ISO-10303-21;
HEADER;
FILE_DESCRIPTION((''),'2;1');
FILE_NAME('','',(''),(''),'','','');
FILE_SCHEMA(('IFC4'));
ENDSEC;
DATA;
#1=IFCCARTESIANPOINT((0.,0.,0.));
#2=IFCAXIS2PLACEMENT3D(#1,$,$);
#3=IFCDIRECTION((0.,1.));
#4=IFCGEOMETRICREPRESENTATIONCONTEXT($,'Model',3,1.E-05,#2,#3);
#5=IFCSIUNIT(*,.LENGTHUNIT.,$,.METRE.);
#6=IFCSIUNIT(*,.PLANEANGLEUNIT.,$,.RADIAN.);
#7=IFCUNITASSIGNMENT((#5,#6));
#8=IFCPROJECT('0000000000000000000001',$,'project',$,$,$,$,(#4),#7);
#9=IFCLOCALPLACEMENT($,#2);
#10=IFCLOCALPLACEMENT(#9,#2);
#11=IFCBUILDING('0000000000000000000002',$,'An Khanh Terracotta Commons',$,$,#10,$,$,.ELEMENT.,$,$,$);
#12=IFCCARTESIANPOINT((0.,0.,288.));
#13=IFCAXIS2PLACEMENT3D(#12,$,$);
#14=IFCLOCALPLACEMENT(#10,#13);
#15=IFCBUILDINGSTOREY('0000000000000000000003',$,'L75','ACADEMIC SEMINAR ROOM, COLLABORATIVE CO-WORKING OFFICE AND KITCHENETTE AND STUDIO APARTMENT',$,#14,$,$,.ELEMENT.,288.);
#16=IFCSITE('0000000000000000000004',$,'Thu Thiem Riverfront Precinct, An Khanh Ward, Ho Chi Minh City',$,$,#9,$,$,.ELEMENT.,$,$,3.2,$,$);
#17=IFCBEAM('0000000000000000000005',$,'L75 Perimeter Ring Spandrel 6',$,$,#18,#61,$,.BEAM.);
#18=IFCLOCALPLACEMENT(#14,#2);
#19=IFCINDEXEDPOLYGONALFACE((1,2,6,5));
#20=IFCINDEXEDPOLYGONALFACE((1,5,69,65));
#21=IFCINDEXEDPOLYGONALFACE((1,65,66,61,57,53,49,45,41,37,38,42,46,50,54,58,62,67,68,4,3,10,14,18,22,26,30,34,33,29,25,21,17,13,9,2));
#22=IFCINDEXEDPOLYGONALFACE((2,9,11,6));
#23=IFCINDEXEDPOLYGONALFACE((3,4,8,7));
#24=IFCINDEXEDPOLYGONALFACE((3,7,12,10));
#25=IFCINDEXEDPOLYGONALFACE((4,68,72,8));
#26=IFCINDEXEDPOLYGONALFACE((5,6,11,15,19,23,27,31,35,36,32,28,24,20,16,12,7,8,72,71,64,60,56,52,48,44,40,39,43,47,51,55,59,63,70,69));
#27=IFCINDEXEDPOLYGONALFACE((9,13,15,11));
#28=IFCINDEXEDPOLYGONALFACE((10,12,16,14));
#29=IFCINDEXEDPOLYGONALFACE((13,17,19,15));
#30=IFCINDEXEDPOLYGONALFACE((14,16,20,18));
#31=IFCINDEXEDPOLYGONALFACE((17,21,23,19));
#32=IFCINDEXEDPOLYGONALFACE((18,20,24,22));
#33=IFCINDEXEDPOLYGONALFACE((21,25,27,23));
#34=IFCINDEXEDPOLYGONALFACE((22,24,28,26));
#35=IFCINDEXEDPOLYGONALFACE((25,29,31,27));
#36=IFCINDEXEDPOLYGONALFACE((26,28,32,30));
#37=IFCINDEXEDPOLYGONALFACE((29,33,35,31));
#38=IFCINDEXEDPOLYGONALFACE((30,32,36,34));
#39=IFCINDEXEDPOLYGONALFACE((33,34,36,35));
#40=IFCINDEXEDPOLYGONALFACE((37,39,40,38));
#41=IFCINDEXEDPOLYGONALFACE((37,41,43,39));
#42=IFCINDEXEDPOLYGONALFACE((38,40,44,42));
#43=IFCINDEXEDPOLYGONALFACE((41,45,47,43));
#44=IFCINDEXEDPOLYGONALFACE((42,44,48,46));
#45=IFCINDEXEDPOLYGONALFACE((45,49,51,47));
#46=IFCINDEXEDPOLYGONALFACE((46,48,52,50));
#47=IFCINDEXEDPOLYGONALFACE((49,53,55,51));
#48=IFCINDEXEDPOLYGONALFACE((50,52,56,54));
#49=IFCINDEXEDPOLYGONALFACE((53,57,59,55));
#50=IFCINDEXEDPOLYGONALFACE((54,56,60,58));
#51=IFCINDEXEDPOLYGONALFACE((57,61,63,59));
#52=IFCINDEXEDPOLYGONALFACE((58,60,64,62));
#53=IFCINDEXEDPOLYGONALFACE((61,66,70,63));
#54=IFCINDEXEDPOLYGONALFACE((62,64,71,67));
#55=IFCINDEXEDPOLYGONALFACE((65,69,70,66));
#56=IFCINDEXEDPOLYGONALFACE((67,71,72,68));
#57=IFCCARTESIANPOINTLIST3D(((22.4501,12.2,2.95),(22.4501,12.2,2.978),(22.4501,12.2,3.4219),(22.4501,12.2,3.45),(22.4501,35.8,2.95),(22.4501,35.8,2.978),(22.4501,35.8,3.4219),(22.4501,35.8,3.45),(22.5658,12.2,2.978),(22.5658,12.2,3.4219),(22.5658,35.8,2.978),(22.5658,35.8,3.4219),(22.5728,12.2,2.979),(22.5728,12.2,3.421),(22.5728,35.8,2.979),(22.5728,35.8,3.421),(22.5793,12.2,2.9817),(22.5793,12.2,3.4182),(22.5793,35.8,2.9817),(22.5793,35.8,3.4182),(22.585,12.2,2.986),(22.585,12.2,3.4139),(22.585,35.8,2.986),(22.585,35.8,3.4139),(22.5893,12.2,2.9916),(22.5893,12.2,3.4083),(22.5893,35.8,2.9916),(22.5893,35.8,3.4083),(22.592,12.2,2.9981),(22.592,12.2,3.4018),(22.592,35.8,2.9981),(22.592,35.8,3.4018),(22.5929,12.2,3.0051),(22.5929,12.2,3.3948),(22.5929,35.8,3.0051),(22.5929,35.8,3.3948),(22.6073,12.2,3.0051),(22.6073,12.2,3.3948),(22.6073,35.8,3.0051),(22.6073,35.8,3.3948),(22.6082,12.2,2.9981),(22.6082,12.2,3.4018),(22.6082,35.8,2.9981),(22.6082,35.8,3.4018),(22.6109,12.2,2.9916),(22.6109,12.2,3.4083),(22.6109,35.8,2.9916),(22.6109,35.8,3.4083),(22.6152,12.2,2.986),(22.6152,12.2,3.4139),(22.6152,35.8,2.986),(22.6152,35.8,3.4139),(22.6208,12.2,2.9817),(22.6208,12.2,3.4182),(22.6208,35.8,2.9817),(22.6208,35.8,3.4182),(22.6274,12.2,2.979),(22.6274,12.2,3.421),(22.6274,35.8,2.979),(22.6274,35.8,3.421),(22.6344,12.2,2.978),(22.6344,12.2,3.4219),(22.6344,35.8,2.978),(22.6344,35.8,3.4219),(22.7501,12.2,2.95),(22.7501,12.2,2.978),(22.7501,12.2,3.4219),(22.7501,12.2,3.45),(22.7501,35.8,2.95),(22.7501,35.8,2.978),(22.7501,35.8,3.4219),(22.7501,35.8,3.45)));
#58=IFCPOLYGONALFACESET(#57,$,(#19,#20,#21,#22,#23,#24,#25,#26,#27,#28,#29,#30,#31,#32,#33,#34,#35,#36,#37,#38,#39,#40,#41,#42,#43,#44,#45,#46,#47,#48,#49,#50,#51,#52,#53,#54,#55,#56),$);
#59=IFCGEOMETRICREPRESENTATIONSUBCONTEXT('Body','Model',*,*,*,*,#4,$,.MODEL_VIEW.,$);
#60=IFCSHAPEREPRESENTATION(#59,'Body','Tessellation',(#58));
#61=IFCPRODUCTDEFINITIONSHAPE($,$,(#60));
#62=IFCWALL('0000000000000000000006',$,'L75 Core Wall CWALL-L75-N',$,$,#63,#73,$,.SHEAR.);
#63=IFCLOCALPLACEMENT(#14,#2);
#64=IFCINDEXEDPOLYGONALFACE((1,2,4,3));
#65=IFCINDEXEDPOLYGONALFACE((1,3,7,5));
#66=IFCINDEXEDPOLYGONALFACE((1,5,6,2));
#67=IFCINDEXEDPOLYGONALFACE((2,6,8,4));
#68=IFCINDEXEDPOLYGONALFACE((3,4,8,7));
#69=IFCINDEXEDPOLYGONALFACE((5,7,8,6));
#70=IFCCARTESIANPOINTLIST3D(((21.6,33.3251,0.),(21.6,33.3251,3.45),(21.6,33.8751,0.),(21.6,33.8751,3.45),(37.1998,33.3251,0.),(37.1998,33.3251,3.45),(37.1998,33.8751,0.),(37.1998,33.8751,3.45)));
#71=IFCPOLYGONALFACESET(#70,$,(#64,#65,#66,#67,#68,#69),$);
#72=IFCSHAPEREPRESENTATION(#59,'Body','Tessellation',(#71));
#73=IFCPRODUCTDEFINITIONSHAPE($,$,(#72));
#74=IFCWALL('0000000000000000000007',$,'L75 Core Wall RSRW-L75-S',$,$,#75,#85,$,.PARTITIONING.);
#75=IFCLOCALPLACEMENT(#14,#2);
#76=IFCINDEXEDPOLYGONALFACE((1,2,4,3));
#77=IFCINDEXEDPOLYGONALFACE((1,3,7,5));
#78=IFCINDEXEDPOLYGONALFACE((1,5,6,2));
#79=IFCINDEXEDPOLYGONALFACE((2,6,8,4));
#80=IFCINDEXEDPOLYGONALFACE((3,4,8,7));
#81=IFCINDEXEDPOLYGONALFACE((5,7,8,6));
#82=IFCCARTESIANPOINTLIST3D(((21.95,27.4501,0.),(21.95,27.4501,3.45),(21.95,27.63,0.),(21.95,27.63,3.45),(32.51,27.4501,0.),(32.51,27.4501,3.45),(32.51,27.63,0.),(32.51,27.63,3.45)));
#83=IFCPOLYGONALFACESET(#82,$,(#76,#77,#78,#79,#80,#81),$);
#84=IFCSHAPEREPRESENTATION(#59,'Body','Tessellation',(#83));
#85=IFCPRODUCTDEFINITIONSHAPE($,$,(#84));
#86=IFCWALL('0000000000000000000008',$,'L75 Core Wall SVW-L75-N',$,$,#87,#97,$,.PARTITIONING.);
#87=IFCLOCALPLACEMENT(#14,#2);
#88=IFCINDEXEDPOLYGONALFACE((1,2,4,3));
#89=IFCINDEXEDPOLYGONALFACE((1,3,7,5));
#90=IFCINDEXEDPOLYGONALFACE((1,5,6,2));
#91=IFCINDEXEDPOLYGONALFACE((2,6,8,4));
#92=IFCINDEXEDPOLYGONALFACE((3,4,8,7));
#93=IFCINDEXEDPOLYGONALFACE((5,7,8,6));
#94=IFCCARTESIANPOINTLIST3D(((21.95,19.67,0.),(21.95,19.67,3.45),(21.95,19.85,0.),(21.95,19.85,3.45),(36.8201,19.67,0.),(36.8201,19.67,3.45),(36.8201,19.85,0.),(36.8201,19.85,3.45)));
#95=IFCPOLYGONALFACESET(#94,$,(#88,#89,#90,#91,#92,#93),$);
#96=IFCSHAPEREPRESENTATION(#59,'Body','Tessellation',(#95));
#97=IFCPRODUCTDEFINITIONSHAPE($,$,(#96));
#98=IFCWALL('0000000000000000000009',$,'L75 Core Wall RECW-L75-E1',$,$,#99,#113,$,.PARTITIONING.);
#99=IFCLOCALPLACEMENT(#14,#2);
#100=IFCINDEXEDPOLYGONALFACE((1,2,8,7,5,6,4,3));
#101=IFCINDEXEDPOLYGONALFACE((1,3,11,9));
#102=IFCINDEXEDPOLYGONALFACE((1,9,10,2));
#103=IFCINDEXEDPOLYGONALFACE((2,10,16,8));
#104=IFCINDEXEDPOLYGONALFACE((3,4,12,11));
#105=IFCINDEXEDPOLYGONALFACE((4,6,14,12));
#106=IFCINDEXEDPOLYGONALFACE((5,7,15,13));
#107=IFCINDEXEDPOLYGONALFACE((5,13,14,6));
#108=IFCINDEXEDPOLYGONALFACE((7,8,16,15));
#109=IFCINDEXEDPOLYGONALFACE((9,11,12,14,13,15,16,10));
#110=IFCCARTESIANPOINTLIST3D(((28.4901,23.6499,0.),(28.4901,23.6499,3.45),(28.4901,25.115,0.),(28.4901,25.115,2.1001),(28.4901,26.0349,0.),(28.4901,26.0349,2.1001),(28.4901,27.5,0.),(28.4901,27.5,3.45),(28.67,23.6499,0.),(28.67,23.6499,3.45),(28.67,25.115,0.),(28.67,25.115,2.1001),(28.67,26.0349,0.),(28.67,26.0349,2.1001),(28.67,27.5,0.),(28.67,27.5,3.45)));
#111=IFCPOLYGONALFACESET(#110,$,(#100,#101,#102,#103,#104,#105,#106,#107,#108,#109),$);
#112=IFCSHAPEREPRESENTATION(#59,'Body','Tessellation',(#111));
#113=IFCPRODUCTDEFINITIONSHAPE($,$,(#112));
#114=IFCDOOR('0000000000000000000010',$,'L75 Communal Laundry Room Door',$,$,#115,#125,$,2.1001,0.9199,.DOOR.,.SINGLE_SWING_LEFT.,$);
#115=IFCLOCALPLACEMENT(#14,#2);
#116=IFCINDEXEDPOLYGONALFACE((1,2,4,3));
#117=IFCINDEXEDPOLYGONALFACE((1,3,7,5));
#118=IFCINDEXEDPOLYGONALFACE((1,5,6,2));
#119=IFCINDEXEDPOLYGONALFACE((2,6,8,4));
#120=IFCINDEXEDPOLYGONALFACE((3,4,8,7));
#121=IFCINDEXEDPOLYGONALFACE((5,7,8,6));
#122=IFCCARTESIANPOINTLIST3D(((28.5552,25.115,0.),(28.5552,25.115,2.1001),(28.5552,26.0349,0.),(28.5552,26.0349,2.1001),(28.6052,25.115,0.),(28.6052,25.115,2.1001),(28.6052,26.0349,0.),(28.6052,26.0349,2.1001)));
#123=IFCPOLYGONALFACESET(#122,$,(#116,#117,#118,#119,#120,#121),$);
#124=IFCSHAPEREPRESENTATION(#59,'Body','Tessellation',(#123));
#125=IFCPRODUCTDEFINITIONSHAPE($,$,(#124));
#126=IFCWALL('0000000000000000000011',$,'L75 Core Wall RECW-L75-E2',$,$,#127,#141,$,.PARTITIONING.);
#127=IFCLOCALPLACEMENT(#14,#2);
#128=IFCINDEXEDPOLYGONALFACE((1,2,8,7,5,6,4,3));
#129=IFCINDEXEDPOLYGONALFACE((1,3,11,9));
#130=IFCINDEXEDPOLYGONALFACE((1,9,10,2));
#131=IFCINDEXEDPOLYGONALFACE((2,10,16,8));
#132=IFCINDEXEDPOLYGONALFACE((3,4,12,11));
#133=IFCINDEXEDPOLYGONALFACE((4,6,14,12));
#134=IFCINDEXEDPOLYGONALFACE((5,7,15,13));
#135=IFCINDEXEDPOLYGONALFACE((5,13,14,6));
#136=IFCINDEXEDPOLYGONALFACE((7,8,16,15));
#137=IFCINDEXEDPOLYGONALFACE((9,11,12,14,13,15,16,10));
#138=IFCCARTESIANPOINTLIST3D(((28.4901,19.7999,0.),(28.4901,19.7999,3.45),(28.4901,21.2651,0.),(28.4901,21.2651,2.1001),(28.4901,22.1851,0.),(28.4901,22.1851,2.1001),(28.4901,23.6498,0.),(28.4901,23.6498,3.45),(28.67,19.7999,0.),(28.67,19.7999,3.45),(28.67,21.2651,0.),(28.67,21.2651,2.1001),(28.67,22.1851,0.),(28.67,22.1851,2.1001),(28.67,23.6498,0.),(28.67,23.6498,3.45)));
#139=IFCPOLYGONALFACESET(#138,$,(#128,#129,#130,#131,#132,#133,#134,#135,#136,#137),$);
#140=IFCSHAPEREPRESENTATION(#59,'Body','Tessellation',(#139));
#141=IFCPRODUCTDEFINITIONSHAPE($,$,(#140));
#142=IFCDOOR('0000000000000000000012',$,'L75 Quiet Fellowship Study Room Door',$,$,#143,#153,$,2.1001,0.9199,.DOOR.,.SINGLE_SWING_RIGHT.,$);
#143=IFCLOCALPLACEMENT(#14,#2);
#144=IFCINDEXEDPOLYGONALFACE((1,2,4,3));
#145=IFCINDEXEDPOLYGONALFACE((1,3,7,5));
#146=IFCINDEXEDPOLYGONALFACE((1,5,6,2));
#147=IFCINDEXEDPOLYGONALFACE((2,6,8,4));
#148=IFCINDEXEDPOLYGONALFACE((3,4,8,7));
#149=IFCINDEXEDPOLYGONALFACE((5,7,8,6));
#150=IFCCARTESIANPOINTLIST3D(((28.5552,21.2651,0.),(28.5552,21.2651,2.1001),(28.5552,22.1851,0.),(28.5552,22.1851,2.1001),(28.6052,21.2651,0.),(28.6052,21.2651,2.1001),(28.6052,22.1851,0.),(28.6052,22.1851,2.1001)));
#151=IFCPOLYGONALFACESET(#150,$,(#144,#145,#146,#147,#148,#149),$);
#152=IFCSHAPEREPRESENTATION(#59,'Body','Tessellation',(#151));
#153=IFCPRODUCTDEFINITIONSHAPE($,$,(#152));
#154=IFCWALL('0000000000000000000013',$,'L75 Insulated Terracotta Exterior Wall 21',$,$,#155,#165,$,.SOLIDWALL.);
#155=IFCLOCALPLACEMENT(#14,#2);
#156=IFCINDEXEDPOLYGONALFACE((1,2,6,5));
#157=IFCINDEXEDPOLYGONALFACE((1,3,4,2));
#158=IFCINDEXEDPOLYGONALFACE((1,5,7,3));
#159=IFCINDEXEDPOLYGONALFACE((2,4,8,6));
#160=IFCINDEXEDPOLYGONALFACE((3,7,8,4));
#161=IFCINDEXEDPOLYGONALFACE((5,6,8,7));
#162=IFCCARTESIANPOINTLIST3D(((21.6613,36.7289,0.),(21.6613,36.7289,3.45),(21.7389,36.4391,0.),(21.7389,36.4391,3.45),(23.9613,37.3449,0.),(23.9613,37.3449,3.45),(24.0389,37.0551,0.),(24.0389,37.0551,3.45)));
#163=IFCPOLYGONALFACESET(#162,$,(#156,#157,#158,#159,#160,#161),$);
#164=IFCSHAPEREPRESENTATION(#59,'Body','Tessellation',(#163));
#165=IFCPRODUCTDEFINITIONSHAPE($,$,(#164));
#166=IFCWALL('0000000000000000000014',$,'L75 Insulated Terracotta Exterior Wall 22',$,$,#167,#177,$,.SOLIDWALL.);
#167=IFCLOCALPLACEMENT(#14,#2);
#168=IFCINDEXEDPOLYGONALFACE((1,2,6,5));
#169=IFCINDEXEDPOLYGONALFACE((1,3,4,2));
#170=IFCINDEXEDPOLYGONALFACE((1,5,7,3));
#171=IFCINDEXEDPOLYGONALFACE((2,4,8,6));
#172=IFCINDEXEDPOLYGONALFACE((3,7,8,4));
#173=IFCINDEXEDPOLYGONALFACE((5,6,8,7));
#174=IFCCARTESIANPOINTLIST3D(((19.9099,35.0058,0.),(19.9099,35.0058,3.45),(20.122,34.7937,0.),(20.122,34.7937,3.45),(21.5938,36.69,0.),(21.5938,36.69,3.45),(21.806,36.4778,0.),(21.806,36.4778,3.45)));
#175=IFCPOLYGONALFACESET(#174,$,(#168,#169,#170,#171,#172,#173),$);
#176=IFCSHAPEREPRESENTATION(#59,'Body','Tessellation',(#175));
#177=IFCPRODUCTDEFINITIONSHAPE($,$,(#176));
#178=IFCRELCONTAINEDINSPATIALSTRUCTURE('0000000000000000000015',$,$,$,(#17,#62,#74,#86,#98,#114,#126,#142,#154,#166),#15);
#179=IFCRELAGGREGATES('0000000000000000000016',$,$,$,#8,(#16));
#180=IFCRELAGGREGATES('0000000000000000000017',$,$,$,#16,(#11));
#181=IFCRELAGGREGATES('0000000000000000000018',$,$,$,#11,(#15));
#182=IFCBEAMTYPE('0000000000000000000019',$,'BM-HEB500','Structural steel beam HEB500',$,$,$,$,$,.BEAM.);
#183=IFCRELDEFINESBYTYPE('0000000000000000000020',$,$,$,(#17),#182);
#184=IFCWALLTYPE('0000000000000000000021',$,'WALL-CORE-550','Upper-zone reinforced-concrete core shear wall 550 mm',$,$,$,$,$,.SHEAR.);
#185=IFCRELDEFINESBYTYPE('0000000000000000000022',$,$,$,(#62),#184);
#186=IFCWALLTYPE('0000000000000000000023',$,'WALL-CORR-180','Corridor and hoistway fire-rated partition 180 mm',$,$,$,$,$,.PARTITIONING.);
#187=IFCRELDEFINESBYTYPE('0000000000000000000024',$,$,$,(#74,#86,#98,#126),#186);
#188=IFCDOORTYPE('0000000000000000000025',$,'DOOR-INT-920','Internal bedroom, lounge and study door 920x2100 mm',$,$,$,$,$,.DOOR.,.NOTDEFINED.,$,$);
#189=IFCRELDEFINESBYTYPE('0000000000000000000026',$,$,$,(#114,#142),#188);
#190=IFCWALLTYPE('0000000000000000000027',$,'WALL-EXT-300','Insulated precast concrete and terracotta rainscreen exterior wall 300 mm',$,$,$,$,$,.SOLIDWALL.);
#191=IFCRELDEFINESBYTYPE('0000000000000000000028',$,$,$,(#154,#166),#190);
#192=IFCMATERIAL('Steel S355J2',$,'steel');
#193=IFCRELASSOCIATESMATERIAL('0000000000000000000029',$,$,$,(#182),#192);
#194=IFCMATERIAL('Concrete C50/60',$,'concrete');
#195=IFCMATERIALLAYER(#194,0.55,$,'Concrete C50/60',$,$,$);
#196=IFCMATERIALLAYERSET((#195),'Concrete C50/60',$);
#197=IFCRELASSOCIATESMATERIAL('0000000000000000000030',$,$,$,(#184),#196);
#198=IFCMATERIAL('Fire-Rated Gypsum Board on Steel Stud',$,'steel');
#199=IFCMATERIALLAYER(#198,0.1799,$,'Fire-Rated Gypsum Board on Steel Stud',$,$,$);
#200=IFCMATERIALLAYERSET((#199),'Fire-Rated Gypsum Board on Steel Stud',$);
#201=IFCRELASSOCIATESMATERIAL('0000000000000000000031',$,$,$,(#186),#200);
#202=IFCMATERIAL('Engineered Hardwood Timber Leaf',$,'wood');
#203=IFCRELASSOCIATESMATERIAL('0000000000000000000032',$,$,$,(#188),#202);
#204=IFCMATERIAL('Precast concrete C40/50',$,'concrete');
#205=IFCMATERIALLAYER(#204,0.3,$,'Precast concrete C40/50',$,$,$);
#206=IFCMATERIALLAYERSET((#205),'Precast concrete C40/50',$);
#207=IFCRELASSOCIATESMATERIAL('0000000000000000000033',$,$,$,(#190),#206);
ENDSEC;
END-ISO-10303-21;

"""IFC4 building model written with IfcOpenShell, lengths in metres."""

from ifc_helpers import new_model, si_unit, direction, frame, frame_2d, origin, origin_2d, place, context, subcontext, project, spatial, rectangle, i_section, extrude, material, layer, layer_set, material_profile, profile_set, type_object, element, fill, save


model = new_model("IFC4")

# Units and contexts
model_context = context("Model", 3, precision=1e-05, world=origin(), true_north=direction((0.0, 1.0)))
body_context = subcontext(model_context, "Body", "Model", "MODEL_VIEW")
ifc_project = project(units=[si_unit("LENGTHUNIT", "METRE"), si_unit("PLANEANGLEUNIT", "RADIAN")], contexts=[model_context])

# Site, building, storey
site_placement = place(None, origin())
site = spatial("IfcSite", under=ifc_project, at=site_placement, Name="Thu Thiem Riverfront Precinct, An Khanh Ward, Ho Chi Minh City", CompositionType="ELEMENT", RefElevation=3.2)
building_placement = place(site_placement, origin())
building = spatial("IfcBuilding", under=site, at=building_placement, Name="An Khanh Terracotta Commons", CompositionType="ELEMENT")
storey_placement = place(building_placement, frame((0.0, 0.0, 288.0)))
storey = spatial("IfcBuildingStorey", under=building, at=storey_placement, Name="L75", Description="ACADEMIC SEMINAR ROOM, COLLABORATIVE CO-WORKING OFFICE AND KITCHENETTE AND STUDIO APARTMENT", CompositionType="ELEMENT", Elevation=288.0)

# Shared definitions
ifc_material_1 = material(Name="Concrete C50/60", Category="concrete")

# Beam
ifc_material_2 = material(Name="Steel S355J2", Category="steel")
ifc_material_profile_1 = material_profile(ifc_material_2, i_section(OverallWidth=0.3, OverallDepth=0.5, WebThickness=0.0144, FlangeThickness=0.0281, FilletRadius=0.0271, at=origin_2d()), Name="HEB500")
ifc_profile_set_1 = profile_set([ifc_material_profile_1], Name="Steel S355J2")
beam_type_1 = type_object("IfcBeamType", Name="BM-HEB500", Description="Structural steel beam HEB500", PredefinedType="BEAM", material=ifc_profile_set_1)
beam_1_placement = place(storey_placement, frame((22.6001, 35.8, 3.2), z_axis=(0.0, -1.0, 0.0), x_axis=(1.0, 0.0, 0.0)))
element("IfcBeam", 1, at=beam_1_placement, inside=storey, type_object=beam_type_1, Name="L75 Perimeter Ring Spandrel 6", PredefinedType="BEAM", context=body_context, shape_type="SweptSolid", body=[
    extrude(i_section(OverallWidth=0.3, OverallDepth=0.5, WebThickness=0.0144, FlangeThickness=0.0281, FilletRadius=0.0271, at=origin_2d()), origin(), (0.0, 0.0, 1.0), 23.6001),
])

# Walls
ifc_layer_1 = layer(ifc_material_1, 0.55, Name="Concrete C50/60")
ifc_layer_set_1 = layer_set([ifc_layer_1], Name="Concrete C50/60")
wall_type_1 = type_object("IfcWallType", Name="WALL-CORE-550", Description="Upper-zone reinforced-concrete core shear wall 550 mm", PredefinedType="SHEAR", material=ifc_layer_set_1)
wall_1_placement = place(storey_placement, frame((21.6001, 33.6001, 0.0), z_axis=(0.0, 0.0, 1.0), x_axis=(1.0, 0.0, 0.0)))
element("IfcWall", 2, at=wall_1_placement, inside=storey, type_object=wall_type_1, Name="L75 Core Wall CWALL-L75-N", PredefinedType="SHEAR", context=body_context, shape_type="SweptSolid", body=[
    extrude(rectangle(XDim=15.5999, YDim=0.55, at=frame_2d((7.7998, 0.0))), origin(), (0.0, 0.0, 1.0), 3.45),
])
ifc_material_3 = material(Name="Fire-Rated Gypsum Board on Steel Stud", Category="steel")
ifc_layer_2 = layer(ifc_material_3, 0.1799, Name="Fire-Rated Gypsum Board on Steel Stud")
ifc_layer_set_2 = layer_set([ifc_layer_2], Name="Fire-Rated Gypsum Board on Steel Stud")
wall_type_2 = type_object("IfcWallType", Name="WALL-CORR-180", Description="Corridor and hoistway fire-rated partition 180 mm", PredefinedType="PARTITIONING", material=ifc_layer_set_2)
wall_2_placement = place(storey_placement, frame((21.95, 27.54, 0.0), z_axis=(0.0, 0.0, 1.0), x_axis=(1.0, 0.0, 0.0)))
element("IfcWall", 3, at=wall_2_placement, inside=storey, type_object=wall_type_2, Name="L75 Core Wall RSRW-L75-S", PredefinedType="PARTITIONING", context=body_context, shape_type="SweptSolid", body=[
    extrude(rectangle(XDim=10.5601, YDim=0.1799, at=frame_2d((5.28, 0.0))), origin(), (0.0, 0.0, 1.0), 3.45),
])
wall_3_placement = place(storey_placement, frame((21.95, 19.76, 0.0), z_axis=(0.0, 0.0, 1.0), x_axis=(1.0, 0.0, 0.0)))
element("IfcWall", 4, at=wall_3_placement, inside=storey, type_object=wall_type_2, Name="L75 Core Wall SVW-L75-N", PredefinedType="PARTITIONING", context=body_context, shape_type="SweptSolid", body=[
    extrude(rectangle(XDim=14.8701, YDim=0.1799, at=frame_2d((7.4351, 0.0))), origin(), (0.0, 0.0, 1.0), 3.45),
])

# Walls, openings, doors
wall_4_placement = place(storey_placement, frame((28.5801, 23.6499, 0.0), z_axis=(0.0, 0.0, 1.0), x_axis=(0.0, 1.0, 0.0)))
wall_4 = element("IfcWall", 5, at=wall_4_placement, inside=storey, type_object=wall_type_2, Name="L75 Core Wall RECW-L75-E1", PredefinedType="PARTITIONING", context=body_context, shape_type="SweptSolid", body=[
    extrude(rectangle(XDim=3.8501, YDim=0.1799, at=frame_2d((1.925, 0.0))), origin(), (0.0, 0.0, 1.0), 3.45),
])
opening_1_placement = place(wall_4_placement, frame((1.4651, 0.0, 0.0)))
opening_1 = element("IfcOpeningElement", 6, at=opening_1_placement, cuts=wall_4, PredefinedType="OPENING", context=body_context, shape_type="SweptSolid", body=[
    extrude(rectangle(XDim=0.9199, YDim=2.1001, at=frame_2d((0.46, 1.05))), frame((0.0, 0.0999, 0.0), z_axis=(0.0, -1.0, 0.0), x_axis=(1.0, 0.0, 0.0)), (0.0, 0.0, 1.0), 0.2),
])
ifc_material_4 = material(Name="Engineered Hardwood Timber Leaf", Category="wood")
door_type = type_object("IfcDoorType", Name="DOOR-INT-920", Description="Internal bedroom, lounge and study door 920x2100 mm", OperationType="NOTDEFINED", PredefinedType="DOOR", material=ifc_material_4)
door_1_placement = place(opening_1_placement, origin())
door_1 = element("IfcDoor", 7, at=door_1_placement, inside=storey, type_object=door_type, Name="L75 Communal Laundry Room Door", OperationType="SINGLE_SWING_LEFT", OverallHeight=2.1001, OverallWidth=0.9199, PredefinedType="DOOR", context=body_context, shape_type="SweptSolid", body=[
    extrude(rectangle(XDim=0.9199, YDim=2.1001, at=frame_2d((0.46, 1.05))), frame((0.0, 0.0249, 0.0), z_axis=(0.0, -1.0, 0.0), x_axis=(1.0, 0.0, 0.0)), (0.0, 0.0, 1.0), 0.05),
])
fill(opening_1, door_1)
wall_5_placement = place(storey_placement, frame((28.5801, 19.8, 0.0), z_axis=(0.0, 0.0, 1.0), x_axis=(0.0, 1.0, 0.0)))
wall_5 = element("IfcWall", 8, at=wall_5_placement, inside=storey, type_object=wall_type_2, Name="L75 Core Wall RECW-L75-E2", PredefinedType="PARTITIONING", context=body_context, shape_type="SweptSolid", body=[
    extrude(rectangle(XDim=3.8499, YDim=0.1799, at=frame_2d((1.9248, 0.0))), origin(), (0.0, 0.0, 1.0), 3.45),
])
opening_2_placement = place(wall_5_placement, frame((1.4651, 0.0, 0.0)))
opening_2 = element("IfcOpeningElement", 9, at=opening_2_placement, cuts=wall_5, PredefinedType="OPENING", context=body_context, shape_type="SweptSolid", body=[
    extrude(rectangle(XDim=0.9199, YDim=2.1001, at=frame_2d((0.46, 1.05))), frame((0.0, 0.0999, 0.0), z_axis=(0.0, -1.0, 0.0), x_axis=(1.0, 0.0, 0.0)), (0.0, 0.0, 1.0), 0.2),
])
door_2_placement = place(opening_2_placement, origin())
door_2 = element("IfcDoor", 10, at=door_2_placement, inside=storey, type_object=door_type, Name="L75 Quiet Fellowship Study Room Door", OperationType="SINGLE_SWING_RIGHT", OverallHeight=2.1001, OverallWidth=0.9199, PredefinedType="DOOR", context=body_context, shape_type="SweptSolid", body=[
    extrude(rectangle(XDim=0.9199, YDim=2.1001, at=frame_2d((0.46, 1.05))), frame((0.0, 0.0249, 0.0), z_axis=(0.0, -1.0, 0.0), x_axis=(1.0, 0.0, 0.0)), (0.0, 0.0, 1.0), 0.05),
])
fill(opening_2, door_2)

# Walls
ifc_material_5 = material(Name="Precast concrete C40/50", Category="concrete")
ifc_layer_3 = layer(ifc_material_5, 0.3, Name="Precast concrete C40/50")
ifc_layer_set_3 = layer_set([ifc_layer_3], Name="Precast concrete C40/50")
wall_type_3 = type_object("IfcWallType", Name="WALL-EXT-300", Description="Insulated precast concrete and terracotta rainscreen exterior wall 300 mm", PredefinedType="SOLIDWALL", material=ifc_layer_set_3)
wall_6_placement = place(storey_placement, frame((24.0, 37.2, 0.0), z_axis=(0.0, 0.0, 1.0), x_axis=(-0.96596, -0.25869, 0.0)))
element("IfcWall", 11, at=wall_6_placement, inside=storey, type_object=wall_type_3, Name="L75 Insulated Terracotta Exterior Wall 21", PredefinedType="SOLIDWALL", context=body_context, shape_type="SweptSolid", body=[
    extrude(rectangle(XDim=2.3811, YDim=0.3, at=frame_2d((1.1904, 0.0))), origin(), (0.0, 0.0, 1.0), 3.45),
])
wall_7_placement = place(storey_placement, frame((21.7, 36.584, 0.0), z_axis=(0.0, 0.0, 1.0), x_axis=(-0.707056, -0.707158, 0.0)))
element("IfcWall", 12, at=wall_7_placement, inside=storey, type_object=wall_type_3, Name="L75 Insulated Terracotta Exterior Wall 22", PredefinedType="SOLIDWALL", context=body_context, shape_type="SweptSolid", body=[
    extrude(rectangle(XDim=2.3816, YDim=0.3, at=frame_2d((1.1909, 0.0))), origin(), (0.0, 0.0, 1.0), 3.45),
])

save(model, "model.ifc")
